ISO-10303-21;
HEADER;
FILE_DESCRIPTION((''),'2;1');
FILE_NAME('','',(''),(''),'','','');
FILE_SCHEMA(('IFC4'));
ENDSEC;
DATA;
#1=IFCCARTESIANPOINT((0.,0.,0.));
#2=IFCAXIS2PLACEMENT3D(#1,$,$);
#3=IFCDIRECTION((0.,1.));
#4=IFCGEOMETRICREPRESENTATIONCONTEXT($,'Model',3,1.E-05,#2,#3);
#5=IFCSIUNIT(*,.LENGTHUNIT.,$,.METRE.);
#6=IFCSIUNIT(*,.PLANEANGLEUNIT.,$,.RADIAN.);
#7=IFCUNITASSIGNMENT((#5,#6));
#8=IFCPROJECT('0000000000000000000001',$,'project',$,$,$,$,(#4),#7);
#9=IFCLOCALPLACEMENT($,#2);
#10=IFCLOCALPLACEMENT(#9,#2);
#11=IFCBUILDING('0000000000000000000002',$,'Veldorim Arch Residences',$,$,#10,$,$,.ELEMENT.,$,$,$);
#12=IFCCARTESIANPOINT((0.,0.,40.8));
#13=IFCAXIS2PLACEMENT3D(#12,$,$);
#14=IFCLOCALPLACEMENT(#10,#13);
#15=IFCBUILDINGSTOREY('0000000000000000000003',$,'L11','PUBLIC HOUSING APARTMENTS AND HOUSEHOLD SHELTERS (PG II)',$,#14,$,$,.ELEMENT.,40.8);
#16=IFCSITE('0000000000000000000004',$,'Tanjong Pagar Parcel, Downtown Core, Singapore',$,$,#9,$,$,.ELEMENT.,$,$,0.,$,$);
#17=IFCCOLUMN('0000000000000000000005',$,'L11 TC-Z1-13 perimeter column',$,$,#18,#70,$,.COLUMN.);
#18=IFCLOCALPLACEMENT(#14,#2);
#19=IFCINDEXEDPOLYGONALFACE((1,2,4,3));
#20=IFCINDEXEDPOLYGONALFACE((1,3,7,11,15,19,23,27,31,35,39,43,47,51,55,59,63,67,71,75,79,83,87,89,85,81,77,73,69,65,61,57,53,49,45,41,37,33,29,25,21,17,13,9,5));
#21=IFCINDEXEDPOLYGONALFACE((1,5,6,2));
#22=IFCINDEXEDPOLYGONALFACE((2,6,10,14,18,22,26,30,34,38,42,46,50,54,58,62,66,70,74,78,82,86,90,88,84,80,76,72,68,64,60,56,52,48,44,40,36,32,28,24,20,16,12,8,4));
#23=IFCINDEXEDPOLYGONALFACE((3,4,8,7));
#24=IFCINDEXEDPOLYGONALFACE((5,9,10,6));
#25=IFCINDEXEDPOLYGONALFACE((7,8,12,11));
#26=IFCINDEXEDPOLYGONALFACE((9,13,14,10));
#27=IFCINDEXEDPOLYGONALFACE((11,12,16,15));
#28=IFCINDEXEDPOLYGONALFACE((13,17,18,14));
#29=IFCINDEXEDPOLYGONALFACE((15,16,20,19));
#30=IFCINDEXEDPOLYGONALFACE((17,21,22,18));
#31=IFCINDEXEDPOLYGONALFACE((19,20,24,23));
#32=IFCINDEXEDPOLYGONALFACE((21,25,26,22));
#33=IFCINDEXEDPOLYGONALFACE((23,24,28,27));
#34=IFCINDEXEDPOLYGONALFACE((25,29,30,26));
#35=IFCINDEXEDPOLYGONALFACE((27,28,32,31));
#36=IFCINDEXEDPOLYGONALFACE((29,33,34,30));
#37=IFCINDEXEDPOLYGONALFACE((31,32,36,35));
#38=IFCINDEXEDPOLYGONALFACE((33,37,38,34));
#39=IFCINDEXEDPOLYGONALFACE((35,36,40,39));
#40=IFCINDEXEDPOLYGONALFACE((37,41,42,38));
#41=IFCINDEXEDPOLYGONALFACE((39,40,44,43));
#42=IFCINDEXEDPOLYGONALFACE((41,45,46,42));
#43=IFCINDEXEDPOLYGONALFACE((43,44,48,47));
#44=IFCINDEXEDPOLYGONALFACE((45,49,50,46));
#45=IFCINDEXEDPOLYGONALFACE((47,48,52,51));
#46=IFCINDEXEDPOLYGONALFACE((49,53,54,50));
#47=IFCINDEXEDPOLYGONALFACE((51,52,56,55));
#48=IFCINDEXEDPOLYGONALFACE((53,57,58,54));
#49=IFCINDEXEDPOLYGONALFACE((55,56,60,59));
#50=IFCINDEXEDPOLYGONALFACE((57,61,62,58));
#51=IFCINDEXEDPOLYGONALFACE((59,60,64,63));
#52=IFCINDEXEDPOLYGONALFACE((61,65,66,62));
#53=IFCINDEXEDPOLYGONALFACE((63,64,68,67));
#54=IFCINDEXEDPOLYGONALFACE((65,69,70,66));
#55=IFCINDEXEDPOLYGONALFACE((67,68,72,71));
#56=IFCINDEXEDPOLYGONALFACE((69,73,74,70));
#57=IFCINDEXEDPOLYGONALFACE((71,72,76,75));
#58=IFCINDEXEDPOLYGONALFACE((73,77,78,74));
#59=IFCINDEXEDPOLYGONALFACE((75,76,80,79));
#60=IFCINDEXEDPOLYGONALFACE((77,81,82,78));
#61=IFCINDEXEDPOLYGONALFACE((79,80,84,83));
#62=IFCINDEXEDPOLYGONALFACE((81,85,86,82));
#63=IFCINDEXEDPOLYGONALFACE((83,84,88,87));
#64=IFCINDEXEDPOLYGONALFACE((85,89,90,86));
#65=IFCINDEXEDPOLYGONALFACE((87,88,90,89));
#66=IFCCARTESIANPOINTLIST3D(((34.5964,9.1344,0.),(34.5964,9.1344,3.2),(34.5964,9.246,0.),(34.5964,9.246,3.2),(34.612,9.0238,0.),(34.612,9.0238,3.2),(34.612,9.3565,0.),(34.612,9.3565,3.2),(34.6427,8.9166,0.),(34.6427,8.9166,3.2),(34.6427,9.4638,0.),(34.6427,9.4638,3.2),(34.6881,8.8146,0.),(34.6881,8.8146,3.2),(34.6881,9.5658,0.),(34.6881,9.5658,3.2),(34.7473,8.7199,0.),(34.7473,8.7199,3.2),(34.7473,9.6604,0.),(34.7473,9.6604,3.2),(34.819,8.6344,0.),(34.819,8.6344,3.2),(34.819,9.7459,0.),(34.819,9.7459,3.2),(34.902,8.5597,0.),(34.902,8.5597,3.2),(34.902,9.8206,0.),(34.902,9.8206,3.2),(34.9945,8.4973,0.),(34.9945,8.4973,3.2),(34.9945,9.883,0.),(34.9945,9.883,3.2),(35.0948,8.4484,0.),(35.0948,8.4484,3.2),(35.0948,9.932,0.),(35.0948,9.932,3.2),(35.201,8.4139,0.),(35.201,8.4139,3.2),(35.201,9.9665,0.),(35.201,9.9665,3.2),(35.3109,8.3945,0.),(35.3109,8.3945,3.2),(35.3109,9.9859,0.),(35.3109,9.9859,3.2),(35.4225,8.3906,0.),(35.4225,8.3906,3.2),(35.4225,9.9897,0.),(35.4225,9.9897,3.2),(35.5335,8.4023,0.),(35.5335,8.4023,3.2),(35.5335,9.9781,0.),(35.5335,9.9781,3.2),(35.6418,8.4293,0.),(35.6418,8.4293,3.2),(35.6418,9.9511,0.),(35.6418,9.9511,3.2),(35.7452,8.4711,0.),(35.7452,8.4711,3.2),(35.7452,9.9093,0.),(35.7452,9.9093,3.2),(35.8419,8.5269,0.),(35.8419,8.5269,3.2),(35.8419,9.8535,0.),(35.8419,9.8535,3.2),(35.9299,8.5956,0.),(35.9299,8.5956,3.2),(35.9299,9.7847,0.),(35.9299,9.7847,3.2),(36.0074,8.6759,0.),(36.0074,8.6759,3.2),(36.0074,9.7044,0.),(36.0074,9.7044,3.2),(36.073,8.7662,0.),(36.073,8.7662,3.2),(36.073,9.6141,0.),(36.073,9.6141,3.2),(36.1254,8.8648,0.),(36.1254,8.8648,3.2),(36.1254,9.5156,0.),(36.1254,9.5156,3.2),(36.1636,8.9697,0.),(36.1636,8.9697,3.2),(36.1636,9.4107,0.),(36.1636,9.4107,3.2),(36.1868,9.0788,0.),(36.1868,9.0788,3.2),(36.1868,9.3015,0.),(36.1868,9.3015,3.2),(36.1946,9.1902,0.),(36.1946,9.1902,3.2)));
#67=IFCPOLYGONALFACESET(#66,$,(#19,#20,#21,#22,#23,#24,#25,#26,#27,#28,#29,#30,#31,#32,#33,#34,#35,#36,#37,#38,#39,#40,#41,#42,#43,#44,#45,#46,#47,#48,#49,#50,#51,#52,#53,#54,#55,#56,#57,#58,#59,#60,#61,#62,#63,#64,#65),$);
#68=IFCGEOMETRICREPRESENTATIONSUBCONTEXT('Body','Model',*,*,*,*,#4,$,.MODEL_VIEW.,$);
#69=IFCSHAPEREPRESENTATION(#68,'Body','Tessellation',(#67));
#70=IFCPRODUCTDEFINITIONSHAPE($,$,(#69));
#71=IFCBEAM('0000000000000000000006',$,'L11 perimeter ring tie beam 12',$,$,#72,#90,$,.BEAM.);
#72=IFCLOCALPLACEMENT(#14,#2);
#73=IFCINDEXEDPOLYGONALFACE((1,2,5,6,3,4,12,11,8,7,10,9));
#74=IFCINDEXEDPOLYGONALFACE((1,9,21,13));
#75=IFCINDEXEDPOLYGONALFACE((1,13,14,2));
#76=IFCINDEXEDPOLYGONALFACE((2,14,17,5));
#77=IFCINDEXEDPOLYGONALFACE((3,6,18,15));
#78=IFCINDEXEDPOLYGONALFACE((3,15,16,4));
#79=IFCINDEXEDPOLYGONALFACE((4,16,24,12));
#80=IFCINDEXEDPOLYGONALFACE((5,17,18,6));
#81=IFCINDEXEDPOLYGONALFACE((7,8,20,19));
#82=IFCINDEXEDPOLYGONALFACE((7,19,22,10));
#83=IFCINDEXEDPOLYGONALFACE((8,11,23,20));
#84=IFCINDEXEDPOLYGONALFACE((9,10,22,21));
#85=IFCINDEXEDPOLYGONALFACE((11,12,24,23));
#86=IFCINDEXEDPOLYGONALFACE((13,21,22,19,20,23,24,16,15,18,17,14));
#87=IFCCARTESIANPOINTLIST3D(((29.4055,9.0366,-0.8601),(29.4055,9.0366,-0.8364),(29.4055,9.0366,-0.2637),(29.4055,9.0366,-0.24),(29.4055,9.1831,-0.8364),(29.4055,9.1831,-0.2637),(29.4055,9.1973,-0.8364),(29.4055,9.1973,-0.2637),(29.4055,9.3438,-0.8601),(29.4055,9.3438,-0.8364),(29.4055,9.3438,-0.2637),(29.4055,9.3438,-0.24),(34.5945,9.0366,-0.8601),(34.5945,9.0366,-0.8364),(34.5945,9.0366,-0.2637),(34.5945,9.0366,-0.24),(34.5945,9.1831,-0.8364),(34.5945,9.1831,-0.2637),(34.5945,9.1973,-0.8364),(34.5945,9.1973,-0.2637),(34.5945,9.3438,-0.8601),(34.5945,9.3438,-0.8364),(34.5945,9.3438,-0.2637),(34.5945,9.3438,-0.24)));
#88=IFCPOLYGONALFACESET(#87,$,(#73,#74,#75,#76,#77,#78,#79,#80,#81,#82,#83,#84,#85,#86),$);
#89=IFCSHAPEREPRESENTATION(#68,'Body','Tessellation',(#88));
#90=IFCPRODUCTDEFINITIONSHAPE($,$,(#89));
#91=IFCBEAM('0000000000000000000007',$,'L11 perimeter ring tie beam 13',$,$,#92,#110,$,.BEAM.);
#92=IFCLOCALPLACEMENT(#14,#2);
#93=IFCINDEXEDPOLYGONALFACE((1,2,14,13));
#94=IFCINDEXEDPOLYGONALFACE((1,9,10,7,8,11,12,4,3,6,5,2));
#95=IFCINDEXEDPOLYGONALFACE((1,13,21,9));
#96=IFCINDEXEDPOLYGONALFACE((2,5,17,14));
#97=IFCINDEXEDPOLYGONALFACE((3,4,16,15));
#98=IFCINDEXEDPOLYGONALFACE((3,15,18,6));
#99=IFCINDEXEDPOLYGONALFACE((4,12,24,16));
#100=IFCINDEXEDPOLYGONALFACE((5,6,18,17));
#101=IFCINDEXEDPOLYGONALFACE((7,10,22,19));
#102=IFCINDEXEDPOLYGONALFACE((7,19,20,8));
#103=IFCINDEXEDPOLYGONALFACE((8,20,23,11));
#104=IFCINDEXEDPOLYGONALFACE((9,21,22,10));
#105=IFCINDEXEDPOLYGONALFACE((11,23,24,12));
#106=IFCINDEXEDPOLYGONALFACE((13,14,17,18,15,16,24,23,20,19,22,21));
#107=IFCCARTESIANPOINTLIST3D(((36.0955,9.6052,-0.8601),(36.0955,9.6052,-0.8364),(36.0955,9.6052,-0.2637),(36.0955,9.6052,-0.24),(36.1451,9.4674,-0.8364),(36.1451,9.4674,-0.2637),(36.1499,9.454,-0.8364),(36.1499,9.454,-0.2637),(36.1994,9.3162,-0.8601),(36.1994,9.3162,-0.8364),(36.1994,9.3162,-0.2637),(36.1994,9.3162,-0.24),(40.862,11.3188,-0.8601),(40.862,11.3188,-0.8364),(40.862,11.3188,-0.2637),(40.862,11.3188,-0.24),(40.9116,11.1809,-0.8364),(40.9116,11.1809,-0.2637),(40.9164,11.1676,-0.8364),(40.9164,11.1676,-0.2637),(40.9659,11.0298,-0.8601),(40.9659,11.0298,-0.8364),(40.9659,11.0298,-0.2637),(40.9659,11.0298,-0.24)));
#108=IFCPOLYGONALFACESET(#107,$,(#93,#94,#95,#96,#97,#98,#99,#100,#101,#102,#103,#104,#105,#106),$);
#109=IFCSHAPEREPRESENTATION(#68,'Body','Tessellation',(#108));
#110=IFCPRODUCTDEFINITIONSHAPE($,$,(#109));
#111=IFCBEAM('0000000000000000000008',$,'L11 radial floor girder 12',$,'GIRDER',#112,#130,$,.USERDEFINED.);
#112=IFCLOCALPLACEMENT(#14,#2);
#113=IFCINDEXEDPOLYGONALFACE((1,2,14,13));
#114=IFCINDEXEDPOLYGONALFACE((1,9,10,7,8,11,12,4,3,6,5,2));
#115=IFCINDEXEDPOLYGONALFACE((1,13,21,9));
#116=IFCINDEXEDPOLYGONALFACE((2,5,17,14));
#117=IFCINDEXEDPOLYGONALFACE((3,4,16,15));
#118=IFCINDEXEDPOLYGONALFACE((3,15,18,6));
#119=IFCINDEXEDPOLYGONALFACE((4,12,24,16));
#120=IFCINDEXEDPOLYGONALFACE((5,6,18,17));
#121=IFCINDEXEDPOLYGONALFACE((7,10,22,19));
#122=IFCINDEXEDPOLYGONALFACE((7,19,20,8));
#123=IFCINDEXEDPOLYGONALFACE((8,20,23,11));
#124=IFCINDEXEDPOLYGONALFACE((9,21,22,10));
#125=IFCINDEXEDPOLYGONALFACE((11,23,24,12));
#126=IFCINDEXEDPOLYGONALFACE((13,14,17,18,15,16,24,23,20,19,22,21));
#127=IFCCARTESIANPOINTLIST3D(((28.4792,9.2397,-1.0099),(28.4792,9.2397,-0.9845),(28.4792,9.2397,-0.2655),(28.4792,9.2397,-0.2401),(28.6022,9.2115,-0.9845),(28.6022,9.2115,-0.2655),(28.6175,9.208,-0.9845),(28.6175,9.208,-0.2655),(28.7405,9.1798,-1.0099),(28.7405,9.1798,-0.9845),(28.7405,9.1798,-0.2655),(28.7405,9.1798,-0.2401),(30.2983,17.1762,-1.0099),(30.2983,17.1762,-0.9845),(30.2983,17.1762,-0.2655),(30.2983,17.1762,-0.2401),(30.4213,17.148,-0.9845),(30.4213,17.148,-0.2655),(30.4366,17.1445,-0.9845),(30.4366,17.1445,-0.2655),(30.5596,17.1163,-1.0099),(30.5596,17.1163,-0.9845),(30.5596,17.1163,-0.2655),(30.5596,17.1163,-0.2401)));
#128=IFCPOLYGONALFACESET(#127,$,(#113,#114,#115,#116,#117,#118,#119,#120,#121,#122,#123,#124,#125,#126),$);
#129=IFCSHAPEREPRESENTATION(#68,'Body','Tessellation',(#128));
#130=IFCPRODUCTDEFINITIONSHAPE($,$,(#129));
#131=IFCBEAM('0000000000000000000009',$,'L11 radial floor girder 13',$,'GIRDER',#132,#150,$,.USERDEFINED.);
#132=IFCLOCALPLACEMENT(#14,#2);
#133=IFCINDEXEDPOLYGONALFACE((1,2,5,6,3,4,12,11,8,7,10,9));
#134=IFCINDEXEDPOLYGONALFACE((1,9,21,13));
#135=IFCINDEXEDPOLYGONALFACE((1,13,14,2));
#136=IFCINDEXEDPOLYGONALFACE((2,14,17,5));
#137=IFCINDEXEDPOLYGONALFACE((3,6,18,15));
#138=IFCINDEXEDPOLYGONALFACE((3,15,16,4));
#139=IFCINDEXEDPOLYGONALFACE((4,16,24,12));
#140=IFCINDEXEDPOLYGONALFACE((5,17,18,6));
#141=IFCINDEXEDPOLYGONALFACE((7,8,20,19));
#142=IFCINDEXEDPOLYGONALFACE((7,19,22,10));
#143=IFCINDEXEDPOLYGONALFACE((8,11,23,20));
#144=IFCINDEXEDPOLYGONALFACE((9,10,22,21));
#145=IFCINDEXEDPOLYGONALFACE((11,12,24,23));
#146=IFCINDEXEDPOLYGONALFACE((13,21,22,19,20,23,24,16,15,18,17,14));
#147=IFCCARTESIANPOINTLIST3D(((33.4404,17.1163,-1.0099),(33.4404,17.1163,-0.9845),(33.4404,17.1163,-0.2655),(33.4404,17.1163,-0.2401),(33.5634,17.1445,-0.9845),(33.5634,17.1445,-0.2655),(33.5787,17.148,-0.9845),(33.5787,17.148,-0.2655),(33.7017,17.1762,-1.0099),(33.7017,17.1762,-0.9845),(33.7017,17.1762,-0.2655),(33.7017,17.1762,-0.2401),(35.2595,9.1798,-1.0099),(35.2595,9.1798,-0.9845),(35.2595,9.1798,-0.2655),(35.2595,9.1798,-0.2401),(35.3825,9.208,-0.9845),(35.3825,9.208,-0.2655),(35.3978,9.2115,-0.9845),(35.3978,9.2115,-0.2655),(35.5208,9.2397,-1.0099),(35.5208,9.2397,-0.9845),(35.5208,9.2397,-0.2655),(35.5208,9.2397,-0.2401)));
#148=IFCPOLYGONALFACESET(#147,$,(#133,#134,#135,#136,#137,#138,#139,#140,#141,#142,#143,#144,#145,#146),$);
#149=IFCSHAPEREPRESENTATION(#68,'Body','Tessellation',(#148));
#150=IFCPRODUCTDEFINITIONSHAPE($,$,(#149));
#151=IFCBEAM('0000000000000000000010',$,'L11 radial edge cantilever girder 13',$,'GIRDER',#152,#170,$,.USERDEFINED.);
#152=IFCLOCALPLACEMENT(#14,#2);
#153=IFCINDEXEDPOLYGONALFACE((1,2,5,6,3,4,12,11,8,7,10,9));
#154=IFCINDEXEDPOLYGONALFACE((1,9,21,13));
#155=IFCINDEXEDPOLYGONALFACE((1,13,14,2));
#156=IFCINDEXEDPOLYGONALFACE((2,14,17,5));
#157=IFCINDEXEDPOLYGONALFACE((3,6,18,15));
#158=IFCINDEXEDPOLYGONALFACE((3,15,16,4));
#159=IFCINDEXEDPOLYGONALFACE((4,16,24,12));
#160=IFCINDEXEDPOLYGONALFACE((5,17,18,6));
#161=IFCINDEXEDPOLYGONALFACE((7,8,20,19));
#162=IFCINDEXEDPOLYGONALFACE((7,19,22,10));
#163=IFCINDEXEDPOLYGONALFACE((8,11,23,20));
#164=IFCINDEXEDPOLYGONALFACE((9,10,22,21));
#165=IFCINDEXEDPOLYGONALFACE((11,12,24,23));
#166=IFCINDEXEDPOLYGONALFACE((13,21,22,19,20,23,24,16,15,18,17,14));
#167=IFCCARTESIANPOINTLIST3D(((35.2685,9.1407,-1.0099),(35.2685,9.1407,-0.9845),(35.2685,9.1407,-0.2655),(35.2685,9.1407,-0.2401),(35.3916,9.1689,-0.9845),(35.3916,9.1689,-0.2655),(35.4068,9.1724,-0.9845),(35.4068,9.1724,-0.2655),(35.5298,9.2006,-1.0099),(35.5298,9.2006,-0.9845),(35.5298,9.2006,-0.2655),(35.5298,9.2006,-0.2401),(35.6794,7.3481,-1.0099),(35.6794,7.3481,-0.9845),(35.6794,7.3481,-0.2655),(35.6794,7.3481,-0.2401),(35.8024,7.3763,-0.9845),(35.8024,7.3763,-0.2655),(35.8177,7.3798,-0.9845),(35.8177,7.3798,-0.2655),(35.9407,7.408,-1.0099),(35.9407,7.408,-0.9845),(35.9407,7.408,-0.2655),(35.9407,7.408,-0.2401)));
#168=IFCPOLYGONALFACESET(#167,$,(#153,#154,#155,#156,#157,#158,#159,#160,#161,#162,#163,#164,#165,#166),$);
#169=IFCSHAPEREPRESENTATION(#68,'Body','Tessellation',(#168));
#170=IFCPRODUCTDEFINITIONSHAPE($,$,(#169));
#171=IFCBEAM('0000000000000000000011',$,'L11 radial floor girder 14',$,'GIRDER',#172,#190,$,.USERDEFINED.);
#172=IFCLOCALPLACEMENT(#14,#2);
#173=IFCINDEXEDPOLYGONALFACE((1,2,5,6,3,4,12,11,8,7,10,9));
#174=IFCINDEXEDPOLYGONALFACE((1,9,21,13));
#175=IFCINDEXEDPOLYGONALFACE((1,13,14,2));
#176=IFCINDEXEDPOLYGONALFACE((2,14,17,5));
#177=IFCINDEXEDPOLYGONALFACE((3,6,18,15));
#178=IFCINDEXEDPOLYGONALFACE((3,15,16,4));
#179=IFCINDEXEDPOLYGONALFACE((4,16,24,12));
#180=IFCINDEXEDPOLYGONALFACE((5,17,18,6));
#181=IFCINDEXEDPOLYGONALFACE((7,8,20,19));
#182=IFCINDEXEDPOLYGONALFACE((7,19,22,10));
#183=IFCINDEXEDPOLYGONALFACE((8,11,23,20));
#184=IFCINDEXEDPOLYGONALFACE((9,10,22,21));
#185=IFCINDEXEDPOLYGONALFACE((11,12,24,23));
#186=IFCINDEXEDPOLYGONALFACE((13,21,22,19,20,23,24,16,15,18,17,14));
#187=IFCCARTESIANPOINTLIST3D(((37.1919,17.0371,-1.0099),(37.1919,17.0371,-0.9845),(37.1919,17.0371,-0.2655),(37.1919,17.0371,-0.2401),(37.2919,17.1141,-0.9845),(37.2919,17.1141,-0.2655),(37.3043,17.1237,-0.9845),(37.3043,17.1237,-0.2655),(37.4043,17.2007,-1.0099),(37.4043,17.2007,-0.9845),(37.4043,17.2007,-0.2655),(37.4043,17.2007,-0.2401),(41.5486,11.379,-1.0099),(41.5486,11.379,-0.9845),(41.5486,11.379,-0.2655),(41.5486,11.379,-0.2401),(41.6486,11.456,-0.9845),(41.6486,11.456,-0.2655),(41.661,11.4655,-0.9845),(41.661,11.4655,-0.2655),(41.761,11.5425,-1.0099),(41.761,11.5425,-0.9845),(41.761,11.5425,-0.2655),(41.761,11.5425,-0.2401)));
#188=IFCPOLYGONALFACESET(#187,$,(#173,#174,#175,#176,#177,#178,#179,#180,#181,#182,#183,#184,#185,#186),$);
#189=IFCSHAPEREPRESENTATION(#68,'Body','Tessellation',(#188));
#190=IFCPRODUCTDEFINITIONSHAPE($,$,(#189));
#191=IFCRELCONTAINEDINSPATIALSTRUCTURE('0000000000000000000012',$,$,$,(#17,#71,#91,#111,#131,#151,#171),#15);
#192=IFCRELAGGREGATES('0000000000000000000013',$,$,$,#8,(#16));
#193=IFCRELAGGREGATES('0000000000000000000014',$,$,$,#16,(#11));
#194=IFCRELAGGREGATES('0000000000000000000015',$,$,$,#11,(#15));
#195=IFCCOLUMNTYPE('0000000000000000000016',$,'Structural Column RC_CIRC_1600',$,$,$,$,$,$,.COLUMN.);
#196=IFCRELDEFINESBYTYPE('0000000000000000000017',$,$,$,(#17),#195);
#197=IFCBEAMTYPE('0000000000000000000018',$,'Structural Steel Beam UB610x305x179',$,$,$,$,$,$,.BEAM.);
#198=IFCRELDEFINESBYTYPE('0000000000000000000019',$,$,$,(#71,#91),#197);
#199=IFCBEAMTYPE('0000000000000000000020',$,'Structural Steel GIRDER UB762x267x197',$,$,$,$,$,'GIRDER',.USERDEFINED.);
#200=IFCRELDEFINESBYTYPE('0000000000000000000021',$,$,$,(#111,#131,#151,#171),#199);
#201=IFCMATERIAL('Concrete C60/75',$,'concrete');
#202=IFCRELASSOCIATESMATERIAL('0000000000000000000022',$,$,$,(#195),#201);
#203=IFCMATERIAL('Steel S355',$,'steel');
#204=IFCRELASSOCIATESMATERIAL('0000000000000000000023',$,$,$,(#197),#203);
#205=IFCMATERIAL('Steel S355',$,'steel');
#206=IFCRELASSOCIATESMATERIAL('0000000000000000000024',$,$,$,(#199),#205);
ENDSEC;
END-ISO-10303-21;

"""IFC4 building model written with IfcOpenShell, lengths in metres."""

from ifc_helpers import new_model, si_unit, direction, frame, origin, origin_2d, place, context, subcontext, project, spatial, circle, i_section, extrude, material, material_profile, profile_set, type_object, element, save


model = new_model("IFC4")

# Units and contexts
model_context = context("Model", 3, precision=1e-05, world=origin(), true_north=direction((0.0, 1.0)))
body_context = subcontext(model_context, "Body", "Model", "MODEL_VIEW")
ifc_project = project(units=[si_unit("LENGTHUNIT", "METRE"), si_unit("PLANEANGLEUNIT", "RADIAN")], contexts=[model_context])

# Site, building, storey
site_placement = place(None, origin())
site = spatial("IfcSite", under=ifc_project, at=site_placement, Name="Tanjong Pagar Parcel, Downtown Core, Singapore", CompositionType="ELEMENT", RefElevation=0.0)
building_placement = place(site_placement, origin())
building = spatial("IfcBuilding", under=site, at=building_placement, Name="Veldorim Arch Residences", CompositionType="ELEMENT")
storey_placement = place(building_placement, frame((0.0, 0.0, 40.8)))
storey = spatial("IfcBuildingStorey", under=building, at=storey_placement, Name="L11", Description="PUBLIC HOUSING APARTMENTS AND HOUSEHOLD SHELTERS (PG II)", CompositionType="ELEMENT", Elevation=40.8)

# Column
ifc_material_1 = material(Name="Concrete C60/75", Category="concrete")
ifc_material_profile_1 = material_profile(ifc_material_1, circle(Radius=0.8, at=origin_2d()), Name="RC_CIRC_1600")
ifc_profile_set_1 = profile_set([ifc_material_profile_1], Name="Concrete C60/75")
column_type = type_object("IfcColumnType", Name="Structural Column RC_CIRC_1600", PredefinedType="COLUMN", material=ifc_profile_set_1)
column_placement = place(storey_placement, frame((35.3945, 9.1902, 0.0), z_axis=(0.0, 0.0, 1.0), x_axis=(1.0, 0.0, 0.0)))
element("IfcColumn", 1, at=column_placement, inside=storey, type_object=column_type, Name="L11 TC-Z1-13 perimeter column", PredefinedType="COLUMN", context=body_context, shape_type="SweptSolid", body=[
    extrude(circle(Radius=0.8, at=origin_2d()), origin(), (0.0, 0.0, 1.0), 3.2),
])

# Beams
ifc_material_2 = material(Name="Steel S355", Category="steel")
ifc_material_profile_2 = material_profile(ifc_material_2, i_section(OverallWidth=0.3071, OverallDepth=0.6201, WebThickness=0.0142, FlangeThickness=0.0237, at=origin_2d()), Name="UB610x305x179")
ifc_profile_set_2 = profile_set([ifc_material_profile_2], Name="Steel S355")
beam_type_1 = type_object("IfcBeamType", Name="Structural Steel Beam UB610x305x179", PredefinedType="BEAM", material=ifc_profile_set_2)
beam_1_placement = place(storey_placement, frame((29.4055, 9.1902, -0.55), z_axis=(1.0, 0.0, 0.0), x_axis=(0.0, 1.0, 0.0)))
element("IfcBeam", 2, at=beam_1_placement, inside=storey, type_object=beam_type_1, Name="L11 perimeter ring tie beam 12", PredefinedType="BEAM", context=body_context, shape_type="SweptSolid", body=[
    extrude(i_section(OverallWidth=0.3071, OverallDepth=0.6201, WebThickness=0.0142, FlangeThickness=0.0237, at=origin_2d()), origin(), (0.0, 0.0, 1.0), 5.189),
])
beam_2_placement = place(storey_placement, frame((36.1475, 9.4607, -0.55), z_axis=(0.941035, 0.338308, 0.0), x_axis=(-0.338308, 0.941035, 0.0)))
element("IfcBeam", 3, at=beam_2_placement, inside=storey, type_object=beam_type_1, Name="L11 perimeter ring tie beam 13", PredefinedType="BEAM", context=body_context, shape_type="SweptSolid", body=[
    extrude(i_section(OverallWidth=0.3071, OverallDepth=0.6201, WebThickness=0.0142, FlangeThickness=0.0237, at=origin_2d()), origin(), (0.0, 0.0, 1.0), 5.0652),
])
ifc_material_3 = material(Name="Steel S355", Category="steel")
ifc_material_profile_3 = material_profile(ifc_material_3, i_section(OverallWidth=0.2681, OverallDepth=0.7698, WebThickness=0.0156, FlangeThickness=0.0254, at=origin_2d()), Name="UB762x267x197")
ifc_profile_set_3 = profile_set([ifc_material_profile_3], Name="Steel S355")
beam_type_2 = type_object("IfcBeamType", Name="Structural Steel GIRDER UB762x267x197", ElementType="GIRDER", PredefinedType="USERDEFINED", material=ifc_profile_set_3)
for number, where, z_axis, x_axis, name in (
    (4, (30.429, 17.1462, -0.625), (-0.223412, -0.974724, 0.0), (0.974724, -0.223412, 0.0), "L11 radial floor girder 12"),
    (5, (33.571, 17.1462, -0.625), (0.223412, -0.974724, 0.0), (0.974724, 0.223412, 0.0), "L11 radial floor girder 13"),
):
    element("IfcBeam", number, at=place(storey_placement, frame(where, z_axis=z_axis, x_axis=x_axis)), inside=storey, type_object=beam_type_2, Name=name, ObjectType="GIRDER", PredefinedType="USERDEFINED", context=body_context, shape_type="SweptSolid", body=[
        extrude(i_section(OverallWidth=0.2681, OverallDepth=0.7698, WebThickness=0.0156, FlangeThickness=0.0254, at=origin_2d()), origin(), (0.0, 0.0, 1.0), 8.1423),
    ])
beam_3_placement = place(storey_placement, frame((35.3992, 9.1707, -0.625), z_axis=(0.223405, -0.974726, 0.0), x_axis=(0.974726, 0.223405, 0.0)))
element("IfcBeam", 6, at=beam_3_placement, inside=storey, type_object=beam_type_2, Name="L11 radial edge cantilever girder 13", ObjectType="GIRDER", PredefinedType="USERDEFINED", context=body_context, shape_type="SweptSolid", body=[
    extrude(i_section(OverallWidth=0.2681, OverallDepth=0.7698, WebThickness=0.0156, FlangeThickness=0.0254, at=origin_2d()), origin(), (0.0, 0.0, 1.0), 1.8391),
])
beam_4_placement = place(storey_placement, frame((37.2981, 17.1189, -0.625), z_axis=(0.610082, -0.792338, 0.0), x_axis=(0.792338, 0.610082, 0.0)))
element("IfcBeam", 7, at=beam_4_placement, inside=storey, type_object=beam_type_2, Name="L11 radial floor girder 14", ObjectType="GIRDER", PredefinedType="USERDEFINED", context=body_context, shape_type="SweptSolid", body=[
    extrude(i_section(OverallWidth=0.2681, OverallDepth=0.7698, WebThickness=0.0156, FlangeThickness=0.0254, at=origin_2d()), origin(), (0.0, 0.0, 1.0), 7.1411),
])

save(model, "model.ifc")
